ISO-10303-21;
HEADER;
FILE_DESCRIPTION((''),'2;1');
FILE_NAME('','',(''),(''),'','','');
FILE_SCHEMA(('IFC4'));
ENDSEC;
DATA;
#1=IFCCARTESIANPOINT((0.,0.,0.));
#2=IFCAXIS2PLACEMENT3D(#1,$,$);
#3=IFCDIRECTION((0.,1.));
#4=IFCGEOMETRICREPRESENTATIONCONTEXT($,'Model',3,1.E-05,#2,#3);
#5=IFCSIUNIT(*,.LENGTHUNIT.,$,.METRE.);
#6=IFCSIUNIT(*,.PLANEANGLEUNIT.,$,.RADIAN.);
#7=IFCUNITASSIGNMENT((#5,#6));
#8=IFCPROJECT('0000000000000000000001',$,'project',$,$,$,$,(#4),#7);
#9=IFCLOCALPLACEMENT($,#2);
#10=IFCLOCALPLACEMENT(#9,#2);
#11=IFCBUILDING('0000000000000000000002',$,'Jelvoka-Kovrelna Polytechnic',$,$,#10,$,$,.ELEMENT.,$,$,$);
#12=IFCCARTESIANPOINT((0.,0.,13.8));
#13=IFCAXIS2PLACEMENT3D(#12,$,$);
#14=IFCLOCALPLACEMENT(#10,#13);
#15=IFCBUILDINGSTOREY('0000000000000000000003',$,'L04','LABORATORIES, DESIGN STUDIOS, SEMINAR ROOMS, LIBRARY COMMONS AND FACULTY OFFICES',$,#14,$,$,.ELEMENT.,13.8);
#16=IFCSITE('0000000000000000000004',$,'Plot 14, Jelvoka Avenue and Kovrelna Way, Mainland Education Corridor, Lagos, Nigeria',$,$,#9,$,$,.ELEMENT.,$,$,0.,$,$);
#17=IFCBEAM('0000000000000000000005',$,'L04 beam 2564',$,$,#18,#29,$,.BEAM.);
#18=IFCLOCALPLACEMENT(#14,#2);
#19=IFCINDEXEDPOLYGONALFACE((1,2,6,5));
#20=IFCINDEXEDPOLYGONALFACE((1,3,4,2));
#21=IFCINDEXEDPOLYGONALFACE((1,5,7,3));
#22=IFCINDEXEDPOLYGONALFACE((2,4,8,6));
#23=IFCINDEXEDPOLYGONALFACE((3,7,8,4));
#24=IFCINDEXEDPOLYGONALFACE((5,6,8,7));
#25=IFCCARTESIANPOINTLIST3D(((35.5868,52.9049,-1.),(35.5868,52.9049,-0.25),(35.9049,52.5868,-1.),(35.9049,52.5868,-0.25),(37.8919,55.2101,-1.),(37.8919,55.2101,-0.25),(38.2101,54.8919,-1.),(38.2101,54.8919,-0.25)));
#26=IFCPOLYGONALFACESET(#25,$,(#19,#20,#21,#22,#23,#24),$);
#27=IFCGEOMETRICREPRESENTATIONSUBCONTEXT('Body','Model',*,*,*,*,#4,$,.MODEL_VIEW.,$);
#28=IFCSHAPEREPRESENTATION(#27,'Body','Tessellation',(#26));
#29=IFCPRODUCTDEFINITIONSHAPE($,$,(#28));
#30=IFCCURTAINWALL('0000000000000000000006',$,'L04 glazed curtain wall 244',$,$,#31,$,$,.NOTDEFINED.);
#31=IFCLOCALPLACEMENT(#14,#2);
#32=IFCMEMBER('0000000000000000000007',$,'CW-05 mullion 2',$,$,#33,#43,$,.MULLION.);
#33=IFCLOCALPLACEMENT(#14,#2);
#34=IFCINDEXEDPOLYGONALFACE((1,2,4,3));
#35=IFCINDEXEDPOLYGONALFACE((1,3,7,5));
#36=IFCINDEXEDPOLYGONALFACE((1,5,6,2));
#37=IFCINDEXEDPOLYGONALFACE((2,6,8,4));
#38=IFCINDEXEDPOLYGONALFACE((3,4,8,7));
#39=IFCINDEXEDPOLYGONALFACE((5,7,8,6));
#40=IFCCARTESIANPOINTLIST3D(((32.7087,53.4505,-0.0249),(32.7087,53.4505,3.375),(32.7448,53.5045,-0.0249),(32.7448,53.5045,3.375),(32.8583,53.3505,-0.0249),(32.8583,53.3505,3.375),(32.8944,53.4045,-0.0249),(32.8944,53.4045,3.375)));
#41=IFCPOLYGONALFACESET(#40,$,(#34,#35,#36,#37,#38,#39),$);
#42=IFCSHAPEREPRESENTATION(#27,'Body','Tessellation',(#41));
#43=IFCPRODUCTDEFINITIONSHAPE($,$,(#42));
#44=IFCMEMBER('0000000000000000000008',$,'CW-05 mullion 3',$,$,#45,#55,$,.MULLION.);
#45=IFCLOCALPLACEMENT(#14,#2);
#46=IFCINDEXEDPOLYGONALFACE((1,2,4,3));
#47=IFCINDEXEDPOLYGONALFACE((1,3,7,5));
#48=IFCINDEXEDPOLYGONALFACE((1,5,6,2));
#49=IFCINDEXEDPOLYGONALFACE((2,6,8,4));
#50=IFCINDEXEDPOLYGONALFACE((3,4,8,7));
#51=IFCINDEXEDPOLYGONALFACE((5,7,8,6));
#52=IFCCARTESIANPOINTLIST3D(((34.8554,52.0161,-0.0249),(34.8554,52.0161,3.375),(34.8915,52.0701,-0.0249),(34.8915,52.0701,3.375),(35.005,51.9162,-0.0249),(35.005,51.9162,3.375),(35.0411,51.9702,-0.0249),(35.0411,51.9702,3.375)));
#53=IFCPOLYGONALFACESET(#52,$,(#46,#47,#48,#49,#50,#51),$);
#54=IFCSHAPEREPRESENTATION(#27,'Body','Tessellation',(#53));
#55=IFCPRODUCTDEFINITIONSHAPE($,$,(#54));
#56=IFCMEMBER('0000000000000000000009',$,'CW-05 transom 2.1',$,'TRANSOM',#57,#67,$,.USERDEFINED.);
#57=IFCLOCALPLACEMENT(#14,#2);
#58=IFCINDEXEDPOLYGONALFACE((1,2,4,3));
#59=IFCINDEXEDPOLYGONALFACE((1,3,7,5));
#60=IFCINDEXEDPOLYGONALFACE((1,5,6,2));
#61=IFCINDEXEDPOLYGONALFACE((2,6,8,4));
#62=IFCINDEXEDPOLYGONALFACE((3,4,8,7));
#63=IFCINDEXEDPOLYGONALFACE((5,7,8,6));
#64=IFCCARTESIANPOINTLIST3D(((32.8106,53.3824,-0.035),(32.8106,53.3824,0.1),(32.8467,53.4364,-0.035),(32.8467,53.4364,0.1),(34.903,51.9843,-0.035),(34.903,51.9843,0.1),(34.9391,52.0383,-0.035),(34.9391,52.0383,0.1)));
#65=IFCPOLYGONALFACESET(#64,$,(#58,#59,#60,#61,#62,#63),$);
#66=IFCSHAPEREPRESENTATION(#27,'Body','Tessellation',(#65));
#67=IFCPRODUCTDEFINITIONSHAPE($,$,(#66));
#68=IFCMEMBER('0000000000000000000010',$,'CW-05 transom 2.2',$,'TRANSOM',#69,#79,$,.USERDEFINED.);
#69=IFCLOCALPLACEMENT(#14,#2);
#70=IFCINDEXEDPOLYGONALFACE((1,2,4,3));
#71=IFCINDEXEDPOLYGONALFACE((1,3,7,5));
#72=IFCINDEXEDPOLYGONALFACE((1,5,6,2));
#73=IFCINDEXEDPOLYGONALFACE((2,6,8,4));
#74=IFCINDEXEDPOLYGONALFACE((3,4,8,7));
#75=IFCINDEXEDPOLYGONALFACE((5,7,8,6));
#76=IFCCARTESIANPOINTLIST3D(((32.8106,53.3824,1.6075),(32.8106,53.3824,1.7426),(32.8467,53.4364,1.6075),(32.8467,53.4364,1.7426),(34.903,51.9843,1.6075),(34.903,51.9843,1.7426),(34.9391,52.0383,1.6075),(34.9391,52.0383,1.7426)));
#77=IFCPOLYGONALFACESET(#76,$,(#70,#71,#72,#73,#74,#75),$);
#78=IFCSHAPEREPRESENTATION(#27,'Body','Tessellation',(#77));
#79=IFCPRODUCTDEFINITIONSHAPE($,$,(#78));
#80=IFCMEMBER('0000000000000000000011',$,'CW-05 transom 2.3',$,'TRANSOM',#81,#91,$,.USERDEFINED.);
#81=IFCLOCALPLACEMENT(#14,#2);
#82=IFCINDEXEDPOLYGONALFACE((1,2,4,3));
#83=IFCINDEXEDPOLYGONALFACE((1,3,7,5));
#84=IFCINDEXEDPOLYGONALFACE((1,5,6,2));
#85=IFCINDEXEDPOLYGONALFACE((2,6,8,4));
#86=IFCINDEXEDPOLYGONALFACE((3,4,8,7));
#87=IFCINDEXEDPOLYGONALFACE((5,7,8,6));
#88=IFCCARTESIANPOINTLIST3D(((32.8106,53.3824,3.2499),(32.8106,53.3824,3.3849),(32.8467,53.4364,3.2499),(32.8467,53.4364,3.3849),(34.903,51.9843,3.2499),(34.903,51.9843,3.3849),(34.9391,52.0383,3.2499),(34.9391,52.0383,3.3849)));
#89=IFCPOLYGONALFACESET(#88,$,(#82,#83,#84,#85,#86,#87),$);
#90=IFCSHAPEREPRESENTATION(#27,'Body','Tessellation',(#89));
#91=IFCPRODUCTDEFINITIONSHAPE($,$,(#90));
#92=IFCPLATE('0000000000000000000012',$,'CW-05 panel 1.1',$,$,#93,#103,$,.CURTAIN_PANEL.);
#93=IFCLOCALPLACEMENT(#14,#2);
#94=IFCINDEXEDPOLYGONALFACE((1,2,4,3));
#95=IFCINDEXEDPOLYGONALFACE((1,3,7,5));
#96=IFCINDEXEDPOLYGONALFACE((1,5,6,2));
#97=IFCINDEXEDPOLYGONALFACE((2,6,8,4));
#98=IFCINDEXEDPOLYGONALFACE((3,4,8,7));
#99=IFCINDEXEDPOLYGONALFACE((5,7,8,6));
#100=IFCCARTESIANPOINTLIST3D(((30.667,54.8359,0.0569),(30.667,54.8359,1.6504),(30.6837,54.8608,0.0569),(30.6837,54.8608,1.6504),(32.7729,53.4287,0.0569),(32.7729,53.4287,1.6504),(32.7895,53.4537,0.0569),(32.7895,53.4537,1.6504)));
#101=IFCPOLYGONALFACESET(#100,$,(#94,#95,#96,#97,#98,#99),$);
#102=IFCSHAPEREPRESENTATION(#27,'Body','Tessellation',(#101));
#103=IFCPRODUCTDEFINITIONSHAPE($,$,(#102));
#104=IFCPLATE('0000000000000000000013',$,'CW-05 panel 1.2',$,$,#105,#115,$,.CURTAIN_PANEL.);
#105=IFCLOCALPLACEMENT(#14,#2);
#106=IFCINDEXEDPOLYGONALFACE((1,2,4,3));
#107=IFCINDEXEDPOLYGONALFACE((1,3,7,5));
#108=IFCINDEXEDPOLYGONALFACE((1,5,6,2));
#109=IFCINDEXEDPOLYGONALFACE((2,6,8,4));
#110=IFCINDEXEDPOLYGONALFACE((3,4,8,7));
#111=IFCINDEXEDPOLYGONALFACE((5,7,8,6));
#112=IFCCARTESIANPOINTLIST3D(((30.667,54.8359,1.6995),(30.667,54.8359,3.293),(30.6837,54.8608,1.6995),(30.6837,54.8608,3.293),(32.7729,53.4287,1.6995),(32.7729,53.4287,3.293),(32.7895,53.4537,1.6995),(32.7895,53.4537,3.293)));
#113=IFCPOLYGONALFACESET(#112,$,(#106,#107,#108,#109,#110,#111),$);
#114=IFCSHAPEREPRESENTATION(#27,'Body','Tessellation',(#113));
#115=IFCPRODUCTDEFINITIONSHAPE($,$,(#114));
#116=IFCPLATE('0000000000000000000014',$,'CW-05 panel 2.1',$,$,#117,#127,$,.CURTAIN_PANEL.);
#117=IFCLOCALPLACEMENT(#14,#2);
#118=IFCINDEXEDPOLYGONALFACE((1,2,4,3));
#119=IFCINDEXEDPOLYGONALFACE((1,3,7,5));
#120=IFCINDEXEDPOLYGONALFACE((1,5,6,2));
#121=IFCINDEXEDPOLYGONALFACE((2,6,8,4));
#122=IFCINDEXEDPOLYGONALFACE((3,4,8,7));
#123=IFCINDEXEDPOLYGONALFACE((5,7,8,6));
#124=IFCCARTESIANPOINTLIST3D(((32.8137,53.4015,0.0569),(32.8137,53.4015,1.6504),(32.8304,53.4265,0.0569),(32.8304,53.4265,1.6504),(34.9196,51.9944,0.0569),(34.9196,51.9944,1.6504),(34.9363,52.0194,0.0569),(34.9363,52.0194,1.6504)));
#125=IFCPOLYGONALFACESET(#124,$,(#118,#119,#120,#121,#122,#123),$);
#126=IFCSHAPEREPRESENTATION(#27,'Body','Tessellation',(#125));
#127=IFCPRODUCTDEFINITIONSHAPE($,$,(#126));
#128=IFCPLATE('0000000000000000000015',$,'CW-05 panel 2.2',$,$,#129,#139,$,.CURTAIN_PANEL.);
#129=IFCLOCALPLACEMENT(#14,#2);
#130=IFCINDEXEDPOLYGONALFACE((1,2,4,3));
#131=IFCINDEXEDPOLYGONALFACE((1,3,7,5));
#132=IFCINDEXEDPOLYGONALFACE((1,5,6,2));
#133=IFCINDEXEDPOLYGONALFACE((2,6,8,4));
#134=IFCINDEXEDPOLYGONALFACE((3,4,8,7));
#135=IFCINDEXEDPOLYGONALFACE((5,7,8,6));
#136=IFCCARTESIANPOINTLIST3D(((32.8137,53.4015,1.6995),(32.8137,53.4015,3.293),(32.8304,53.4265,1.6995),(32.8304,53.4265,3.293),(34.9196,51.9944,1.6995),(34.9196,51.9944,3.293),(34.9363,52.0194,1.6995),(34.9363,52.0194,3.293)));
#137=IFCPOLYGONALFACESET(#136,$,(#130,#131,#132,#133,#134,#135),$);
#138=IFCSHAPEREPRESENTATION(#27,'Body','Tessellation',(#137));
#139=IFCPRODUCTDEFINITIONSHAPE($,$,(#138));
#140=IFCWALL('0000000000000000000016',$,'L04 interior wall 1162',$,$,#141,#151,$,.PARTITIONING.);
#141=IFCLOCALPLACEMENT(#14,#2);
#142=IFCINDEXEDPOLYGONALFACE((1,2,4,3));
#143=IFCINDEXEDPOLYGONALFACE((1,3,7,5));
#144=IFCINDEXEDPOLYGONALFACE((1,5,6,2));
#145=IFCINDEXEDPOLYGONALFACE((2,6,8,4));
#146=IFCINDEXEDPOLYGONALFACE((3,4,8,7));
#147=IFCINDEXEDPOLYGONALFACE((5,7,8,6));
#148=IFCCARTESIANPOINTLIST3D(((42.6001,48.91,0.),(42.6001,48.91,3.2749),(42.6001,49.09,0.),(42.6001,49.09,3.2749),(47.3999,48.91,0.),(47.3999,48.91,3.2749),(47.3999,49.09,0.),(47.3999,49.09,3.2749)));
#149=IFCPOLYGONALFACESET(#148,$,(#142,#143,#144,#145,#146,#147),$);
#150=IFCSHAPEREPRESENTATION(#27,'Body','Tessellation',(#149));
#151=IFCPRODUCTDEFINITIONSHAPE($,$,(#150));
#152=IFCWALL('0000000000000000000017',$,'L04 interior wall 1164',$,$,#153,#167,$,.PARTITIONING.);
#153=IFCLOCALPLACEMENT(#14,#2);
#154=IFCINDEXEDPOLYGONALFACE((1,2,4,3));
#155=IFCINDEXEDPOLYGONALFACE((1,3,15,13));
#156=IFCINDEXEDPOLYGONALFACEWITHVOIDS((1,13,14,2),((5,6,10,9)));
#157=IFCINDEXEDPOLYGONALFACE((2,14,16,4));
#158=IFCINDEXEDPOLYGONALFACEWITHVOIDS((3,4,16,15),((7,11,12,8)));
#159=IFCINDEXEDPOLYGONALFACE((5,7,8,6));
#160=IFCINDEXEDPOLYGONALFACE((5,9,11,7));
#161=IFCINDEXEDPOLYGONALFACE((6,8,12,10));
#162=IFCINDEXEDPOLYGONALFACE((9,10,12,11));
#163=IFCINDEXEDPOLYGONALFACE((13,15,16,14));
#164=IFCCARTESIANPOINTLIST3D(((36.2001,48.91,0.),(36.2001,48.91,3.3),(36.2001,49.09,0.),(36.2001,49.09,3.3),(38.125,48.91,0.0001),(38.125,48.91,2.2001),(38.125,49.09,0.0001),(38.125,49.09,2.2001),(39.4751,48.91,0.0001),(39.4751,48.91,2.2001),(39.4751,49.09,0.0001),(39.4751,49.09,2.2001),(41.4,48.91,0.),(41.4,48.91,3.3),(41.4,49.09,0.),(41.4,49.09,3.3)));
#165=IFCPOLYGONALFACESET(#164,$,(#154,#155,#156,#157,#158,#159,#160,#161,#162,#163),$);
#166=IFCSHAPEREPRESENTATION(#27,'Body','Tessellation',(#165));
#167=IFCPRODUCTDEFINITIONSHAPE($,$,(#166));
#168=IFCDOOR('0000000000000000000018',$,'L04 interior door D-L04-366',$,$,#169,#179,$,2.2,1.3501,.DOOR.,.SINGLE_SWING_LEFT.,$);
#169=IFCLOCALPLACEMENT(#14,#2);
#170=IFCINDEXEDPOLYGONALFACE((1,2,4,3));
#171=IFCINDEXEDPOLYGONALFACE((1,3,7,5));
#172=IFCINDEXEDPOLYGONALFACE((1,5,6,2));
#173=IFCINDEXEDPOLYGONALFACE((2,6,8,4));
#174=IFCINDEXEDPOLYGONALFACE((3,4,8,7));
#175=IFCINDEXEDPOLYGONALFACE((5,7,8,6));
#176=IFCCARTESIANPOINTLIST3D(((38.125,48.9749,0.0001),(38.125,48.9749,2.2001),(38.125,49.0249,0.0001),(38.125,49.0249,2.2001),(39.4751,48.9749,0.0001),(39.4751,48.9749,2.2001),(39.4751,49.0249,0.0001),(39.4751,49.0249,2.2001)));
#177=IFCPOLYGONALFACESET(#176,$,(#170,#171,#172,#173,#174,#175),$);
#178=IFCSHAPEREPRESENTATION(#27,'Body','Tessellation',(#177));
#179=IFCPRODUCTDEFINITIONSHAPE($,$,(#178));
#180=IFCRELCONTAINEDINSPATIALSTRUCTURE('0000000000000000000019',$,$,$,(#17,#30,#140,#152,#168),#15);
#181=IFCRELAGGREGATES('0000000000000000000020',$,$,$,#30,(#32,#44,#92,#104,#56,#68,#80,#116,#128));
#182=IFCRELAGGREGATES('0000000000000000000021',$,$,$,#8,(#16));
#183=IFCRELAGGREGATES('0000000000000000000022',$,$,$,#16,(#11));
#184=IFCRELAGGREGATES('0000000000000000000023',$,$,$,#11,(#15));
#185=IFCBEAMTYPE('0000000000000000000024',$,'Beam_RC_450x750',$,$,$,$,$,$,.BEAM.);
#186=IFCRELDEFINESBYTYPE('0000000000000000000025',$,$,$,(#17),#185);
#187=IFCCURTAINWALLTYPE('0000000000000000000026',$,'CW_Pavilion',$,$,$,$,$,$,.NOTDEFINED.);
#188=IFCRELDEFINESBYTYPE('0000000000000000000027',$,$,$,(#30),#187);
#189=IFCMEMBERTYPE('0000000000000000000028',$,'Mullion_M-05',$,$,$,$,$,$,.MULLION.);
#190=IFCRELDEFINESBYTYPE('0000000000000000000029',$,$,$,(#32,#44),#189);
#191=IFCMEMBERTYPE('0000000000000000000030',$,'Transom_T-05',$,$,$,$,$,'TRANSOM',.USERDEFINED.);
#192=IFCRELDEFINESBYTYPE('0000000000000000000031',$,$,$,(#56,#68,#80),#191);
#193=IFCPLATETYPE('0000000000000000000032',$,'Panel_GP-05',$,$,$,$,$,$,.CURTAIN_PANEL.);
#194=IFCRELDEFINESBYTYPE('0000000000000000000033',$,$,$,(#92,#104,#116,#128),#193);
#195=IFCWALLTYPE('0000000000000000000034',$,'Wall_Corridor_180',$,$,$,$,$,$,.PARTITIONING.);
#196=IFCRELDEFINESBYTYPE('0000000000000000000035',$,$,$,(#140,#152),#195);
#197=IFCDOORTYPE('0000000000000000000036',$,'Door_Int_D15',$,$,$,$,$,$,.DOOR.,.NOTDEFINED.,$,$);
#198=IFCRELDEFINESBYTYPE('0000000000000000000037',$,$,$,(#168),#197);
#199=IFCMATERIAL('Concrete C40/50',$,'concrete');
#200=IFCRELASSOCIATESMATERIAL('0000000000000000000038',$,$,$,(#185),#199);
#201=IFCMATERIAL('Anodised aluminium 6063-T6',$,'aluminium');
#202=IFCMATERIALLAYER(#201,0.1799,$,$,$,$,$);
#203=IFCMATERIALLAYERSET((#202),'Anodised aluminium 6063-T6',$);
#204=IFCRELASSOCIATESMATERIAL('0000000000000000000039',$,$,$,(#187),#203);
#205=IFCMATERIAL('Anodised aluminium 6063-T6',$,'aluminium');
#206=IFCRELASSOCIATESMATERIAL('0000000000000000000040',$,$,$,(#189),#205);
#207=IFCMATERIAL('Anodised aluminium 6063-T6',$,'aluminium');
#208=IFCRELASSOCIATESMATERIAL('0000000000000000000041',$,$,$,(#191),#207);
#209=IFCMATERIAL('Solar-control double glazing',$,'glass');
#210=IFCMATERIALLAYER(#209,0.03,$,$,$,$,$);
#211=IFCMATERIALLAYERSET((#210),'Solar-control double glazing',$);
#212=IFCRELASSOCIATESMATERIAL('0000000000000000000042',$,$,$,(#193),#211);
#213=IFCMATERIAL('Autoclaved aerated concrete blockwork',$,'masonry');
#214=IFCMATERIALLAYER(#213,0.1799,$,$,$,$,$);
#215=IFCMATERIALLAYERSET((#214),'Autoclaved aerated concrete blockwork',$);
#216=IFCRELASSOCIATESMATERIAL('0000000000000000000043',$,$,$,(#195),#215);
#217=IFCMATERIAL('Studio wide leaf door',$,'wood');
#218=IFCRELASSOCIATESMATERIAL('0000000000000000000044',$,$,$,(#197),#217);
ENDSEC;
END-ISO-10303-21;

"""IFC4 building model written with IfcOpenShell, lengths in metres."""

from ifc_helpers import new_model, si_unit, direction, frame, frame_2d, origin, origin_2d, place, context, subcontext, project, spatial, rectangle, extrude, material, layer, layer_set, material_profile, profile_set, type_object, element, fill, aggregate, save


model = new_model("IFC4")

# Units and contexts
model_context = context("Model", 3, precision=1e-05, world=origin(), true_north=direction((0.0, 1.0)))
body_context = subcontext(model_context, "Body", "Model", "MODEL_VIEW")
ifc_project = project(units=[si_unit("LENGTHUNIT", "METRE"), si_unit("PLANEANGLEUNIT", "RADIAN")], contexts=[model_context])

# Site, building, storey
site_placement = place(None, origin())
site = spatial("IfcSite", under=ifc_project, at=site_placement, Name="Plot 14, Jelvoka Avenue and Kovrelna Way, Mainland Education Corridor, Lagos, Nigeria", CompositionType="ELEMENT", RefElevation=0.0)
building_placement = place(site_placement, origin())
building = spatial("IfcBuilding", under=site, at=building_placement, Name="Jelvoka-Kovrelna Polytechnic", CompositionType="ELEMENT")
storey_placement = place(building_placement, frame((0.0, 0.0, 13.8)))
storey = spatial("IfcBuildingStorey", under=building, at=storey_placement, Name="L04", Description="LABORATORIES, DESIGN STUDIOS, SEMINAR ROOMS, LIBRARY COMMONS AND FACULTY OFFICES", CompositionType="ELEMENT", Elevation=13.8)

# Beam
ifc_material_1 = material(Name="Concrete C40/50", Category="concrete")
ifc_material_profile_1 = material_profile(ifc_material_1, rectangle(XDim=0.45, YDim=0.75, at=origin_2d()), Name="RC 450x750")
ifc_profile_set_1 = profile_set([ifc_material_profile_1], Name="Concrete C40/50")
beam_type_1 = type_object("IfcBeamType", Name="Beam_RC_450x750", PredefinedType="BEAM", material=ifc_profile_set_1)
beam_1_placement = place(storey_placement, frame((35.7458, 52.7458, -0.625), z_axis=(0.707107, 0.707107, 0.0), x_axis=(-0.707107, 0.707107, 0.0)))
element("IfcBeam", 1, at=beam_1_placement, inside=storey, type_object=beam_type_1, Name="L04 beam 2564", PredefinedType="BEAM", context=body_context, shape_type="SweptSolid", body=[
    extrude(rectangle(XDim=0.45, YDim=0.75, at=origin_2d()), origin(), (0.0, 0.0, 1.0), 3.26),
])

# Curtain wall, members, plates
ifc_material_2 = material(Name="Anodised aluminium 6063-T6", Category="aluminium")
ifc_layer_1 = layer(ifc_material_2, 0.1799)
ifc_layer_set_1 = layer_set([ifc_layer_1], Name="Anodised aluminium 6063-T6")
curtain_wall_type = type_object("IfcCurtainWallType", Name="CW_Pavilion", PredefinedType="NOTDEFINED", material=ifc_layer_set_1)
curtain_wall_placement = place(storey_placement, origin())
curtain_wall = element("IfcCurtainWall", 2, at=curtain_wall_placement, inside=storey, type_object=curtain_wall_type, Name="L04 glazed curtain wall 244", PredefinedType="NOTDEFINED")
ifc_material_3 = material(Name="Anodised aluminium 6063-T6", Category="aluminium")
ifc_material_profile_2 = material_profile(ifc_material_3, rectangle(XDim=0.0649, YDim=0.1799, at=origin_2d()), Name="ALU 65x180")
ifc_profile_set_2 = profile_set([ifc_material_profile_2], Name="Anodised aluminium 6063-T6")
member_type_1 = type_object("IfcMemberType", Name="Mullion_M-05", PredefinedType="MULLION", material=ifc_profile_set_2)
member_1_placement = place(storey_placement, frame((32.8015, 53.4275, -0.0249), z_axis=(0.0, 0.0, 1.0), x_axis=(0.555583, 0.831461, 0.0)))
member_1 = element("IfcMember", 3, at=member_1_placement, type_object=member_type_1, Name="CW-05 mullion 2", PredefinedType="MULLION", context=body_context, shape_type="SweptSolid", body=[
    extrude(rectangle(XDim=0.0649, YDim=0.1799, at=origin_2d()), origin(), (0.0, 0.0, 1.0), 3.3999),
])
member_2_placement = place(storey_placement, frame((34.9482, 51.9932, -0.0249), z_axis=(0.0, 0.0, 1.0), x_axis=(0.555583, 0.831461, 0.0)))
member_2 = element("IfcMember", 4, at=member_2_placement, type_object=member_type_1, Name="CW-05 mullion 3", PredefinedType="MULLION", context=body_context, shape_type="SweptSolid", body=[
    extrude(rectangle(XDim=0.0649, YDim=0.1799, at=origin_2d()), origin(), (0.0, 0.0, 1.0), 3.3999),
])
ifc_material_4 = material(Name="Anodised aluminium 6063-T6", Category="aluminium")
ifc_material_profile_3 = material_profile(ifc_material_4, rectangle(XDim=0.0649, YDim=0.135, at=origin_2d()), Name="ALU 65x135")
ifc_profile_set_3 = profile_set([ifc_material_profile_3], Name="Anodised aluminium 6063-T6")
member_type_2 = type_object("IfcMemberType", Name="Transom_T-05", ElementType="TRANSOM", PredefinedType="USERDEFINED", material=ifc_profile_set_3)
member_3_placement = place(storey_placement, frame((32.8286, 53.4094, 0.0325), z_axis=(0.831468, -0.555573, 0.0), x_axis=(0.555573, 0.831468, 0.0)))
member_3 = element("IfcMember", 5, at=member_3_placement, type_object=member_type_2, Name="CW-05 transom 2.1", ObjectType="TRANSOM", PredefinedType="USERDEFINED", context=body_context, shape_type="SweptSolid", body=[
    extrude(rectangle(XDim=0.0649, YDim=0.135, at=origin_2d()), origin(), (0.0, 0.0, 1.0), 2.5166),
])
member_4_placement = place(storey_placement, frame((32.8286, 53.4094, 1.675), z_axis=(0.831468, -0.555573, 0.0), x_axis=(0.555573, 0.831468, 0.0)))
member_4 = element("IfcMember", 6, at=member_4_placement, type_object=member_type_2, Name="CW-05 transom 2.2", ObjectType="TRANSOM", PredefinedType="USERDEFINED", context=body_context, shape_type="SweptSolid", body=[
    extrude(rectangle(XDim=0.0649, YDim=0.135, at=origin_2d()), origin(), (0.0, 0.0, 1.0), 2.5166),
])
member_5_placement = place(storey_placement, frame((32.8286, 53.4094, 3.3174), z_axis=(0.831468, -0.555573, 0.0), x_axis=(0.555573, 0.831468, 0.0)))
member_5 = element("IfcMember", 7, at=member_5_placement, type_object=member_type_2, Name="CW-05 transom 2.3", ObjectType="TRANSOM", PredefinedType="USERDEFINED", context=body_context, shape_type="SweptSolid", body=[
    extrude(rectangle(XDim=0.0649, YDim=0.135, at=origin_2d()), origin(), (0.0, 0.0, 1.0), 2.5166),
])
ifc_material_5 = material(Name="Solar-control double glazing", Category="glass")
ifc_layer_2 = layer(ifc_material_5, 0.03)
ifc_layer_set_2 = layer_set([ifc_layer_2], Name="Solar-control double glazing")
plate_type = type_object("IfcPlateType", Name="Panel_GP-05", PredefinedType="CURTAIN_PANEL", material=ifc_layer_set_2)
plate_1_placement = place(storey_placement, frame((31.7283, 54.1448, 0.0569), z_axis=(0.0, 0.0, 1.0), x_axis=(0.831461, -0.555583, 0.0)))
plate_1 = element("IfcPlate", 8, at=plate_1_placement, type_object=plate_type, Name="CW-05 panel 1.1", PredefinedType="CURTAIN_PANEL", context=body_context, shape_type="SweptSolid", body=[
    extrude(rectangle(XDim=2.5327, YDim=0.03, at=origin_2d()), origin(), (0.0, 0.0, 1.0), 1.5935),
])
plate_2_placement = place(storey_placement, frame((31.7283, 54.1448, 1.6995), z_axis=(0.0, 0.0, 1.0), x_axis=(0.831461, -0.555583, 0.0)))
plate_2 = element("IfcPlate", 9, at=plate_2_placement, type_object=plate_type, Name="CW-05 panel 1.2", PredefinedType="CURTAIN_PANEL", context=body_context, shape_type="SweptSolid", body=[
    extrude(rectangle(XDim=2.5327, YDim=0.03, at=origin_2d()), origin(), (0.0, 0.0, 1.0), 1.5935),
])
plate_3_placement = place(storey_placement, frame((33.875, 52.7104, 0.0569), z_axis=(0.0, 0.0, 1.0), x_axis=(0.831461, -0.555583, 0.0)))
plate_3 = element("IfcPlate", 10, at=plate_3_placement, type_object=plate_type, Name="CW-05 panel 2.1", PredefinedType="CURTAIN_PANEL", context=body_context, shape_type="SweptSolid", body=[
    extrude(rectangle(XDim=2.5327, YDim=0.03, at=origin_2d()), origin(), (0.0, 0.0, 1.0), 1.5935),
])
plate_4_placement = place(storey_placement, frame((33.875, 52.7104, 1.6995), z_axis=(0.0, 0.0, 1.0), x_axis=(0.831461, -0.555583, 0.0)))
plate_4 = element("IfcPlate", 11, at=plate_4_placement, type_object=plate_type, Name="CW-05 panel 2.2", PredefinedType="CURTAIN_PANEL", context=body_context, shape_type="SweptSolid", body=[
    extrude(rectangle(XDim=2.5327, YDim=0.03, at=origin_2d()), origin(), (0.0, 0.0, 1.0), 1.5935),
])
aggregate(curtain_wall, [member_1, member_2, plate_1, plate_2, member_3, member_4, member_5, plate_3, plate_4])

# Wall
ifc_material_6 = material(Name="Autoclaved aerated concrete blockwork", Category="masonry")
ifc_layer_3 = layer(ifc_material_6, 0.1799)
ifc_layer_set_3 = layer_set([ifc_layer_3], Name="Autoclaved aerated concrete blockwork")
wall_type_1 = type_object("IfcWallType", Name="Wall_Corridor_180", PredefinedType="PARTITIONING", material=ifc_layer_set_3)
wall_1_placement = place(storey_placement, frame((42.6001, 49.0, 0.0), z_axis=(0.0, 0.0, 1.0), x_axis=(1.0, 0.0, 0.0)))
element("IfcWall", 12, at=wall_1_placement, inside=storey, type_object=wall_type_1, Name="L04 interior wall 1162", PredefinedType="PARTITIONING", context=body_context, shape_type="SweptSolid", body=[
    extrude(rectangle(XDim=4.7998, YDim=0.1799, at=frame_2d((2.3999, 0.0))), origin(), (0.0, 0.0, 1.0), 3.2749),
])

# Wall, opening, door
wall_2_placement = place(storey_placement, frame((36.2, 49.0, 0.0), z_axis=(0.0, 0.0, 1.0), x_axis=(1.0, 0.0, 0.0)))
wall_2 = element("IfcWall", 13, at=wall_2_placement, inside=storey, type_object=wall_type_1, Name="L04 interior wall 1164", PredefinedType="PARTITIONING", context=body_context, shape_type="SweptSolid", body=[
    extrude(rectangle(XDim=5.2, YDim=0.1799, at=frame_2d((2.6001, 0.0))), origin(), (0.0, 0.0, 1.0), 3.3),
])
opening_placement = place(wall_2_placement, frame((1.925, 0.0, 0.0)))
opening = element("IfcOpeningElement", 14, at=opening_placement, cuts=wall_2, PredefinedType="OPENING", context=body_context, shape_type="SweptSolid", body=[
    extrude(rectangle(XDim=1.3501, YDim=2.2, at=frame_2d((0.675, 1.1001))), frame((0.0, 0.0999, 0.0), z_axis=(0.0, -1.0, 0.0), x_axis=(1.0, 0.0, 0.0)), (0.0, 0.0, 1.0), 0.2),
])
ifc_material_7 = material(Name="Studio wide leaf door", Category="wood")
door_type = type_object("IfcDoorType", Name="Door_Int_D15", OperationType="NOTDEFINED", PredefinedType="DOOR", material=ifc_material_7)
door_placement = place(opening_placement, origin())
door = element("IfcDoor", 15, at=door_placement, inside=storey, type_object=door_type, Name="L04 interior door D-L04-366", OperationType="SINGLE_SWING_LEFT", OverallHeight=2.2, OverallWidth=1.3501, PredefinedType="DOOR", context=body_context, shape_type="SweptSolid", body=[
    extrude(rectangle(XDim=1.3501, YDim=2.2, at=frame_2d((0.675, 1.1001))), frame((0.0, 0.0249, 0.0), z_axis=(0.0, -1.0, 0.0), x_axis=(1.0, 0.0, 0.0)), (0.0, 0.0, 1.0), 0.05),
])
fill(opening, door)

save(model, "model.ifc")
